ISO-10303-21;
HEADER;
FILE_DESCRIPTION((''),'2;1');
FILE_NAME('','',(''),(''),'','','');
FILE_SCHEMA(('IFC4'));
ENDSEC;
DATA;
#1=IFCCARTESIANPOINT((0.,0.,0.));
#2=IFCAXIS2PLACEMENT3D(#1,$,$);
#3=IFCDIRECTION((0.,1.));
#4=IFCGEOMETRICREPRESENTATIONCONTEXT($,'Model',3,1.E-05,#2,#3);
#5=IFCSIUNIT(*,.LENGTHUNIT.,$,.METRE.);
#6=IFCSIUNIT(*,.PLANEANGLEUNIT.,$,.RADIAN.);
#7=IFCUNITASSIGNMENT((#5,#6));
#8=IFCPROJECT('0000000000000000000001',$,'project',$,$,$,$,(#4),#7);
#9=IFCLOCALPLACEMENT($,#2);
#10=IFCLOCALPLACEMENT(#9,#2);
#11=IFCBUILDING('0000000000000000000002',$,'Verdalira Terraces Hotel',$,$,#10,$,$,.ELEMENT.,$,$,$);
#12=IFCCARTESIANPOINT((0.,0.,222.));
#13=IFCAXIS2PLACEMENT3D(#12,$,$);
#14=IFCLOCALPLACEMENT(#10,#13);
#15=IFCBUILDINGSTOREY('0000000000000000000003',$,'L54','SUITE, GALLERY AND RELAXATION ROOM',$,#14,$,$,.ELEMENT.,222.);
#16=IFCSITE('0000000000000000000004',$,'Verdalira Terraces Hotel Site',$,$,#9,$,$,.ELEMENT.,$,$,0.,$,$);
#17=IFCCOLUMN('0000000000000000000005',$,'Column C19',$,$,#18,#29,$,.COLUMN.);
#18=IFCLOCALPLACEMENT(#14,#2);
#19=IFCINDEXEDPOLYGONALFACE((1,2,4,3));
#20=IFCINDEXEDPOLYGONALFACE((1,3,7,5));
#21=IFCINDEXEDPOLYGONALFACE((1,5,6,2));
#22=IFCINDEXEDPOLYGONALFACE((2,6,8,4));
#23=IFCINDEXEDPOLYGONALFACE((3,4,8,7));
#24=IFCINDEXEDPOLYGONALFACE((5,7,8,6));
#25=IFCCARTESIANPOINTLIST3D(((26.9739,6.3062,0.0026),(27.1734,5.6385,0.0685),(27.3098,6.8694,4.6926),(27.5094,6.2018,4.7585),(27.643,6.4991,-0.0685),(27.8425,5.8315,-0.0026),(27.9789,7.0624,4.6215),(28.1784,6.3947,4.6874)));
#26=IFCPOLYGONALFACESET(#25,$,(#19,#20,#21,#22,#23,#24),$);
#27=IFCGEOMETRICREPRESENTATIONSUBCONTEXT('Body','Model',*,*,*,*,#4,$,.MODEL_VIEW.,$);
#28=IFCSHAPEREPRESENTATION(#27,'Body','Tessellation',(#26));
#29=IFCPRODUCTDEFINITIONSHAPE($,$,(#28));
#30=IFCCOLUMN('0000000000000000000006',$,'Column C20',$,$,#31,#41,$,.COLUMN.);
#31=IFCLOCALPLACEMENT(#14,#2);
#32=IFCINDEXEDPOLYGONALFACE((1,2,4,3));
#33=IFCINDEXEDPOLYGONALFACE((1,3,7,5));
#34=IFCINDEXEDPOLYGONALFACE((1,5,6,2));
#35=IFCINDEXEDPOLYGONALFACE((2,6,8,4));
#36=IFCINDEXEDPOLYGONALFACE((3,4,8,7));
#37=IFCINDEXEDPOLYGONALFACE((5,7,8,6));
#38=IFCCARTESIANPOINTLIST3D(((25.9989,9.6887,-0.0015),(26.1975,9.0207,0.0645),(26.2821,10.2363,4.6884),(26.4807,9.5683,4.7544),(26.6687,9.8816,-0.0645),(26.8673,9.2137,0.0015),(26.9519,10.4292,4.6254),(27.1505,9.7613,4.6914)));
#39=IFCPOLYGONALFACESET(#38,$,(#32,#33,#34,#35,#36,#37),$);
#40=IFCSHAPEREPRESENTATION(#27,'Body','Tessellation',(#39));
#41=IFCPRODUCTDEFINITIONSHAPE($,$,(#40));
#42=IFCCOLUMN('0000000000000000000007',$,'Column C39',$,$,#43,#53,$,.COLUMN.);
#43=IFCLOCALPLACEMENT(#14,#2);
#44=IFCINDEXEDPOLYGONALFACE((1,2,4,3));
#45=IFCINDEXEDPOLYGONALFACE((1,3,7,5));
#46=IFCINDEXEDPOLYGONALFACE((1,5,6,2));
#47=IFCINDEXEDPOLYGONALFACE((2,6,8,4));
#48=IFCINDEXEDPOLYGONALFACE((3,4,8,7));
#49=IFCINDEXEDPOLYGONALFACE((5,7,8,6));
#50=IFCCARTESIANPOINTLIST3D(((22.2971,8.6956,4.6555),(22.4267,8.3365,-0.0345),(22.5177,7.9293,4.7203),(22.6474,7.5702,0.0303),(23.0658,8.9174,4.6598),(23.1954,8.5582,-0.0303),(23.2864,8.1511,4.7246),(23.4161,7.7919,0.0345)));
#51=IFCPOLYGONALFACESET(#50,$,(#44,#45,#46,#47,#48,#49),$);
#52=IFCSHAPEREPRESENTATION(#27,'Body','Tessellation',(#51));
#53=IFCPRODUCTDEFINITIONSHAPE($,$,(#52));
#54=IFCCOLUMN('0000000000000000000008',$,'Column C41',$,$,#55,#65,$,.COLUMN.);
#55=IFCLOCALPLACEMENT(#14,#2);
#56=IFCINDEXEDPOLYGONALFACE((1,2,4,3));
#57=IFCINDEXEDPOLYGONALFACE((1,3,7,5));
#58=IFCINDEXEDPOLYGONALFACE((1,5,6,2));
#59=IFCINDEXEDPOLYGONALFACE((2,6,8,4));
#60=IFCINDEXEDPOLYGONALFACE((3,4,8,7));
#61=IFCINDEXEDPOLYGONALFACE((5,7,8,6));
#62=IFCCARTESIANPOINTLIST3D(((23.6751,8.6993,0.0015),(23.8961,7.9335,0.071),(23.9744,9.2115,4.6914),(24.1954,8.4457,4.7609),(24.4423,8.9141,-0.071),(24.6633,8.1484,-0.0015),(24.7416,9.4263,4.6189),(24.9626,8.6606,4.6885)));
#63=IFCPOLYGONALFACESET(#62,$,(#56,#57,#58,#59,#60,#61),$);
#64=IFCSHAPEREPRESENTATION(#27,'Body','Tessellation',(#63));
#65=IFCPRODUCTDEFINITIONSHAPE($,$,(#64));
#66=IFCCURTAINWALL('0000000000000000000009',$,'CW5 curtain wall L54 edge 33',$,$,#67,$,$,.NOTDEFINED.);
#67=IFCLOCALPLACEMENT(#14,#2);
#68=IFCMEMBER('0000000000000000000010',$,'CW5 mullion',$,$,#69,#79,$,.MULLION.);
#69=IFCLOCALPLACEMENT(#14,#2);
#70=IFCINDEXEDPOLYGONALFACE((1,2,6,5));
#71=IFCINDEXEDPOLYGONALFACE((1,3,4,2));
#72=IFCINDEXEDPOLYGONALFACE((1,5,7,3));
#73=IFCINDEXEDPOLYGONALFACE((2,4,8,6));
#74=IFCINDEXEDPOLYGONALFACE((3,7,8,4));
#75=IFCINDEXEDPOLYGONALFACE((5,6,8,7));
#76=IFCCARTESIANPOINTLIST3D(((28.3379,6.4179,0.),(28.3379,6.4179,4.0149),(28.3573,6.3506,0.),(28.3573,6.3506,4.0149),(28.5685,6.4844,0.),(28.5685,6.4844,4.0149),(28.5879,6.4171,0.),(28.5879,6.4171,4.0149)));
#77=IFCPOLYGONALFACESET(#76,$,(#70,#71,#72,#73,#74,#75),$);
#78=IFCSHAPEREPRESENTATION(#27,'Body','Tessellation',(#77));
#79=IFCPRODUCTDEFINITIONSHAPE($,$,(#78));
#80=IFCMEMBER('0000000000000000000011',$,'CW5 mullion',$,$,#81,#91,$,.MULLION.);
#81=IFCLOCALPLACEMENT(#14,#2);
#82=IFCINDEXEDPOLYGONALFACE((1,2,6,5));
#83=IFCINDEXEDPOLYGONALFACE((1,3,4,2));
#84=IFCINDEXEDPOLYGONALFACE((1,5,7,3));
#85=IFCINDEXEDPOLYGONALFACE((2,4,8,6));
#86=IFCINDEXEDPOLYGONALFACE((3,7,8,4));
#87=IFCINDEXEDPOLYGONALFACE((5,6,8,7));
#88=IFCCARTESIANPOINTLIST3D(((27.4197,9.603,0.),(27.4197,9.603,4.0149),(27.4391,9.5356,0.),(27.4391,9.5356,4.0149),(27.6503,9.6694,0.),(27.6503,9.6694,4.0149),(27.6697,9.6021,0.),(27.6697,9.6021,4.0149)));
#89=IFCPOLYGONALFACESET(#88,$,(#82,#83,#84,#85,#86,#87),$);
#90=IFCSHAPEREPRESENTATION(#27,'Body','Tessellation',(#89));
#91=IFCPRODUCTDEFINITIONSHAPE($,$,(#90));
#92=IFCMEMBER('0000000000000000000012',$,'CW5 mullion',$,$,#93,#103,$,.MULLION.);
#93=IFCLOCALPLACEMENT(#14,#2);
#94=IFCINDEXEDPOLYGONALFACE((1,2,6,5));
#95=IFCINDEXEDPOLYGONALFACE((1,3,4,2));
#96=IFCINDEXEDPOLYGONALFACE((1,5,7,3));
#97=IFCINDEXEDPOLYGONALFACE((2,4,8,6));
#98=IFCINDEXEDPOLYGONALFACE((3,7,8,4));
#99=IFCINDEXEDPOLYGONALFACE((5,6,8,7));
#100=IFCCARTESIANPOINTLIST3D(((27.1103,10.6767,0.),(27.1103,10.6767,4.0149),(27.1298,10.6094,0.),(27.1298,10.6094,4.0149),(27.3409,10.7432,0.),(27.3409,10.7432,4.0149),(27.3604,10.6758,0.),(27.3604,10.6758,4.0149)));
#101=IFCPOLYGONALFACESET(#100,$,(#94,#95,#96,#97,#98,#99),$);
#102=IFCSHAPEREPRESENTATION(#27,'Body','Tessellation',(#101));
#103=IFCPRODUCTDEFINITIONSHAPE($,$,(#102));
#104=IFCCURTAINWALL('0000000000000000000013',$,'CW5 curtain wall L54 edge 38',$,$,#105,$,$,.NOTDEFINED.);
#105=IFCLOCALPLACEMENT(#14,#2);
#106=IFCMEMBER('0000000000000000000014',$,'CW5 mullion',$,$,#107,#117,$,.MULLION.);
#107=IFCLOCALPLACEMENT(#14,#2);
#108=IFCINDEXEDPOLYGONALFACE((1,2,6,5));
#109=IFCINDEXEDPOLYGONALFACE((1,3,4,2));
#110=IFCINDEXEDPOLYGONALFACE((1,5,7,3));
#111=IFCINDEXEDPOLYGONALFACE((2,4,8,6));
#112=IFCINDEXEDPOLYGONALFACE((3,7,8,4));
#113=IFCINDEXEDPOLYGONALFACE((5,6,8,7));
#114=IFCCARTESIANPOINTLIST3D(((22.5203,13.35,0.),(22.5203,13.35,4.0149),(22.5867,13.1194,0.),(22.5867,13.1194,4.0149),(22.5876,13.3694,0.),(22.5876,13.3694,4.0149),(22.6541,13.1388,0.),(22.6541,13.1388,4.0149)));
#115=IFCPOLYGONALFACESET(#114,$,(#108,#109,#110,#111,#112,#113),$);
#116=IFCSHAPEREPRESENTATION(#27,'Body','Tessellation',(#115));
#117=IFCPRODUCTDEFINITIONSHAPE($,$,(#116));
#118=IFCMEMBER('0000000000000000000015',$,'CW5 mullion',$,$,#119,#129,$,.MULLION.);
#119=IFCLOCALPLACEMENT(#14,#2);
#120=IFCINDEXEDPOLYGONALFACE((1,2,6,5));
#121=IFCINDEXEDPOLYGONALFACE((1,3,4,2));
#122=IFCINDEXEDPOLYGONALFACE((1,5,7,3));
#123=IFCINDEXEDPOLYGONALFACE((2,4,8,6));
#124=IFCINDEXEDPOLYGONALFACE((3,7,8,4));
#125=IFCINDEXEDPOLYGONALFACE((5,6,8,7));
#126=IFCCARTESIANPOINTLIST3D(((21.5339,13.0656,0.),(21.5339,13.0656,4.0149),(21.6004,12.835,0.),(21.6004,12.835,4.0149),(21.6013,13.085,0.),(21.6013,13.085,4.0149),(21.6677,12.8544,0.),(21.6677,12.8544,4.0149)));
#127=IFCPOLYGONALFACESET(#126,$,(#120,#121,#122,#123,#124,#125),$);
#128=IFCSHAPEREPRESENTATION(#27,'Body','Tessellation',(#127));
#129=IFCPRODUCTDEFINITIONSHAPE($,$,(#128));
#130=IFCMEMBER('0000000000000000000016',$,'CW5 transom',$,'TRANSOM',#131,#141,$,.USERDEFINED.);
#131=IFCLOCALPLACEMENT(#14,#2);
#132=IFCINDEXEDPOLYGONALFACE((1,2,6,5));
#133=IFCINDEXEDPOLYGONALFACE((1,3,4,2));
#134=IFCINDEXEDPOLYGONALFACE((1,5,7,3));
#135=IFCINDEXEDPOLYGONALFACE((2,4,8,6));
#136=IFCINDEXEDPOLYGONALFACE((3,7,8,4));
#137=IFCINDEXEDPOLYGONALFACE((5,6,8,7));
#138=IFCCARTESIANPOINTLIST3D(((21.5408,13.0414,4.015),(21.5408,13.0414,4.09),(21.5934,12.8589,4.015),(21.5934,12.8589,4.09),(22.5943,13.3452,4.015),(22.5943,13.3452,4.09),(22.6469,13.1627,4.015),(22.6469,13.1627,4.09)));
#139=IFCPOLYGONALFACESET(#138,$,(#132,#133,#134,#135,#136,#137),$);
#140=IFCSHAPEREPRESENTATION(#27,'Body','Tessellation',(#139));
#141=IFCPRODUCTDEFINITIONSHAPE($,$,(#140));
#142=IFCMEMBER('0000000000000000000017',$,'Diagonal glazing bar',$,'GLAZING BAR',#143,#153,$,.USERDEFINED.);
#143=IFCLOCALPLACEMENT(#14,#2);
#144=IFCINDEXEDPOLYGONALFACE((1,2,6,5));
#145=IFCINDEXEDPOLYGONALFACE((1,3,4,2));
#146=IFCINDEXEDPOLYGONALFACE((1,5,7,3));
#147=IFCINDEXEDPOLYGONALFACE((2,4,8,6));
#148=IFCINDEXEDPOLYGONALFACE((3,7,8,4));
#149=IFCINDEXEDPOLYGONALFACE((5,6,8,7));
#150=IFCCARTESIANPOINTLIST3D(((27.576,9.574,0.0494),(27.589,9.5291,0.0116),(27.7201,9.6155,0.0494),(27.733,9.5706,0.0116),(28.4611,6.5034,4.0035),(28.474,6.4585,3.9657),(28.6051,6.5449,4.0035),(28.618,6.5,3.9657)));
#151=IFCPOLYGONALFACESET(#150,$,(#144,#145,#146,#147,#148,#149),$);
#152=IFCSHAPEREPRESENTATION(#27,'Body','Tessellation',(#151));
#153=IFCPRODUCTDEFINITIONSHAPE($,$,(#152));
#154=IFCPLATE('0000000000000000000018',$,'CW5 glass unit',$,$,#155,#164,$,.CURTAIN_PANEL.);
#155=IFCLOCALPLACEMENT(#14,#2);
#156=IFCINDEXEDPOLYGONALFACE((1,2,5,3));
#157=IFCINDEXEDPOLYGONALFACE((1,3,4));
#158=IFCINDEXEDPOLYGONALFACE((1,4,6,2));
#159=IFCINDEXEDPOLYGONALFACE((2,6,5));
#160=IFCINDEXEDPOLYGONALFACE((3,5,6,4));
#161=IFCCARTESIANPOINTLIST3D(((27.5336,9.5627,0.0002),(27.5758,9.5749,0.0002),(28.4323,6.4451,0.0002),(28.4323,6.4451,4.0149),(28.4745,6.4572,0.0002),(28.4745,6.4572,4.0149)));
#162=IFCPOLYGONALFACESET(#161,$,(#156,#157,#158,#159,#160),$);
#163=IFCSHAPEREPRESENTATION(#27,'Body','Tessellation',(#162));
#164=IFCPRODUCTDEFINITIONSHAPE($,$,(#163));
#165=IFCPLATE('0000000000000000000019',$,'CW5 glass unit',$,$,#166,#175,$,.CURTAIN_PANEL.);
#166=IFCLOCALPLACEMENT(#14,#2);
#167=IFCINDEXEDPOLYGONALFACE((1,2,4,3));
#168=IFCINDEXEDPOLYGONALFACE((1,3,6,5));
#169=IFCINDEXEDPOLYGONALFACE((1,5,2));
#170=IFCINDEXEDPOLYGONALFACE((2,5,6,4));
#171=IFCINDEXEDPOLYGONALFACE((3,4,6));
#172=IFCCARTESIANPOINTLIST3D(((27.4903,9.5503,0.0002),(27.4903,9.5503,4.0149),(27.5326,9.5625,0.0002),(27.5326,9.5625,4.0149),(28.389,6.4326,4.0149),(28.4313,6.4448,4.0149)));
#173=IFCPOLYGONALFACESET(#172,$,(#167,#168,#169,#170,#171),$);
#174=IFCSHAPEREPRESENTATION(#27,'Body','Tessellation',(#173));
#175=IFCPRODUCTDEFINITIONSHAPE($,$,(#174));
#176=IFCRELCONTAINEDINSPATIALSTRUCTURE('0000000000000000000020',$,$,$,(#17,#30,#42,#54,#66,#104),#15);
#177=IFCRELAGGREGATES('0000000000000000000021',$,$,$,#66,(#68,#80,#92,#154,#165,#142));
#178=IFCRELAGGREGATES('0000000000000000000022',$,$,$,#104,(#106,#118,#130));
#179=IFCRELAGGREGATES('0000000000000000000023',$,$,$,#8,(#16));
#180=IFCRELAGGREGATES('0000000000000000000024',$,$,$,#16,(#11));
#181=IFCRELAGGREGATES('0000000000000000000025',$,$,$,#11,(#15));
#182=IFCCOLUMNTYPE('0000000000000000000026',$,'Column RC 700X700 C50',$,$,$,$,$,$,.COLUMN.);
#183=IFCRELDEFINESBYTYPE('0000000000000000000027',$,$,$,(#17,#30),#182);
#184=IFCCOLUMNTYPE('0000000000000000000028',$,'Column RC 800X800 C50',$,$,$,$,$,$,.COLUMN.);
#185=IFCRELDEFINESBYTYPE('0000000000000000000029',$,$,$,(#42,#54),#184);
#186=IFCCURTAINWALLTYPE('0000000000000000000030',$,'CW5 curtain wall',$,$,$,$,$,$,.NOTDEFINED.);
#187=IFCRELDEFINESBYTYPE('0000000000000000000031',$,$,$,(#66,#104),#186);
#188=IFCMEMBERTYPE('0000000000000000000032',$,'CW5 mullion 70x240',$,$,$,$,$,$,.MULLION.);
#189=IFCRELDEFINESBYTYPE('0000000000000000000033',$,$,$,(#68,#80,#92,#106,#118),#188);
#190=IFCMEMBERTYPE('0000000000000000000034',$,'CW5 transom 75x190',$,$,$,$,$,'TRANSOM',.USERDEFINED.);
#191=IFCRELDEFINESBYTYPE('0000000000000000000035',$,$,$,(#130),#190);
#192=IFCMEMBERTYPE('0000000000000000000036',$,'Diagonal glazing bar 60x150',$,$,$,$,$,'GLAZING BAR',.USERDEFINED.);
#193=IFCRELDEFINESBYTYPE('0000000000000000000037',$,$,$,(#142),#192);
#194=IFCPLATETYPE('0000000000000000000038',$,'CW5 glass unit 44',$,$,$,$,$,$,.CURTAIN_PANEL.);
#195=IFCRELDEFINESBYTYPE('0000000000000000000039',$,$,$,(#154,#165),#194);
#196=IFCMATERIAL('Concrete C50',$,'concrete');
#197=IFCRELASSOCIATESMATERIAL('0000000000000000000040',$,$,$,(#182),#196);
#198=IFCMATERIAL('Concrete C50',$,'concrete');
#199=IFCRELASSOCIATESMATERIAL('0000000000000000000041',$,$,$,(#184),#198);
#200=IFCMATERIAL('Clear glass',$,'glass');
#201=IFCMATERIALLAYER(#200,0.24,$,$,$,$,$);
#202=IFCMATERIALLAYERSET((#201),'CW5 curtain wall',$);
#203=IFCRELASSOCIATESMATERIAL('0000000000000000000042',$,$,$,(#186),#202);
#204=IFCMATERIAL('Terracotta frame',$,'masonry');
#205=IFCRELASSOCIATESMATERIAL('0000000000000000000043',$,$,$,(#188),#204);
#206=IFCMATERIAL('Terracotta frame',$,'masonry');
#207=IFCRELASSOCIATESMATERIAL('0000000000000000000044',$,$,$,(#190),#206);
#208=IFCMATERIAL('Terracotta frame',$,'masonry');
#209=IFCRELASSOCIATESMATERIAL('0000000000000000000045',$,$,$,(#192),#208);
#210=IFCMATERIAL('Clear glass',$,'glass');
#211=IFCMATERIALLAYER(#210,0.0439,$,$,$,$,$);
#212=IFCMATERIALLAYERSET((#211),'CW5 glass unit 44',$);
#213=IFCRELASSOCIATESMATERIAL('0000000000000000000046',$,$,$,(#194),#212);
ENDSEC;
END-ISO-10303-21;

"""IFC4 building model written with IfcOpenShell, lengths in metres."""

from ifc_helpers import new_model, si_unit, direction, frame, origin, origin_2d, place, context, subcontext, project, spatial, polyline, rectangle, outline, extrude, material, layer, layer_set, material_profile, profile_set, type_object, element, aggregate, save


model = new_model("IFC4")

# Units and contexts
model_context = context("Model", 3, precision=1e-05, world=origin(), true_north=direction((0.0, 1.0)))
body_context = subcontext(model_context, "Body", "Model", "MODEL_VIEW")
ifc_project = project(units=[si_unit("LENGTHUNIT", "METRE"), si_unit("PLANEANGLEUNIT", "RADIAN")], contexts=[model_context])

# Site, building, storey
site_placement = place(None, origin())
site = spatial("IfcSite", under=ifc_project, at=site_placement, Name="Verdalira Terraces Hotel Site", CompositionType="ELEMENT", RefElevation=0.0)
building_placement = place(site_placement, origin())
building = spatial("IfcBuilding", under=site, at=building_placement, Name="Verdalira Terraces Hotel", CompositionType="ELEMENT")
storey_placement = place(building_placement, frame((0.0, 0.0, 222.0)))
storey = spatial("IfcBuildingStorey", under=building, at=storey_placement, Name="L54", Description="SUITE, GALLERY AND RELAXATION ROOM", CompositionType="ELEMENT", Elevation=222.0)

# Columns
ifc_material_1 = material(Name="Concrete C50", Category="concrete")
ifc_material_profile_1 = material_profile(ifc_material_1, rectangle(XDim=0.7, YDim=0.7, at=origin_2d()), Name="RC 700X700")
ifc_profile_set_1 = profile_set([ifc_material_profile_1], Name="Concrete C50")
column_type_1 = type_object("IfcColumnType", Name="Column RC 700X700 C50", PredefinedType="COLUMN", material=ifc_profile_set_1)
column_1_placement = place(storey_placement, frame((27.4082, 6.0688, 0.0), z_axis=(0.070939, 0.118937, 0.990364), x_axis=(-0.285062, 0.953875, -0.094136)))
element("IfcColumn", 1, at=column_1_placement, inside=storey, type_object=column_type_1, Name="Column C19", PredefinedType="COLUMN", context=body_context, shape_type="SweptSolid", body=[
    extrude(rectangle(XDim=0.7, YDim=0.7, at=origin_2d()), origin(), (0.0, 0.0, 1.0), 4.7356),
])
column_2_placement = place(storey_placement, frame((26.4331, 9.4512, 0.0), z_axis=(0.05987, 0.115766, 0.991471), x_axis=(-0.283719, 0.95426, -0.094289)))
element("IfcColumn", 2, at=column_2_placement, inside=storey, type_object=column_type_1, Name="Column C20", PredefinedType="COLUMN", context=body_context, shape_type="SweptSolid", body=[
    extrude(rectangle(XDim=0.7, YDim=0.7, at=origin_2d()), origin(), (0.0, 0.0, 1.0), 4.7302),
])
ifc_material_2 = material(Name="Concrete C50", Category="concrete")
ifc_material_profile_2 = material_profile(ifc_material_2, rectangle(XDim=0.8, YDim=0.8, at=origin_2d()), Name="RC 800X800")
ifc_profile_set_2 = profile_set([ifc_material_profile_2], Name="Concrete C50")
column_type_2 = type_object("IfcColumnType", Name="Column RC 800X800 C50", PredefinedType="COLUMN", material=ifc_profile_set_2)
column_3_placement = place(storey_placement, frame((22.9214, 8.0642, 0.0), z_axis=(-0.027551, 0.076322, 0.996703), x_axis=(0.960812, 0.277148, 0.005336)))
element("IfcColumn", 3, at=column_3_placement, inside=storey, type_object=column_type_2, Name="Column C39", PredefinedType="COLUMN", context=body_context, shape_type="SweptSolid", body=[
    extrude(rectangle(XDim=0.8, YDim=0.8, at=origin_2d()), origin(), (0.0, 0.0, 1.0), 4.7056),
])
column_4_placement = place(storey_placement, frame((24.1692, 8.4238, 0.0), z_axis=(0.063316, 0.108351, 0.992094), x_axis=(0.959002, 0.26855, -0.090534)))
element("IfcColumn", 4, at=column_4_placement, inside=storey, type_object=column_type_2, Name="Column C41", PredefinedType="COLUMN", context=body_context, shape_type="SweptSolid", body=[
    extrude(rectangle(XDim=0.8, YDim=0.8, at=origin_2d()), origin(), (0.0, 0.0, 1.0), 4.7273),
])

# Curtain walls, members
ifc_material_3 = material(Name="Clear glass", Category="glass")
ifc_layer_1 = layer(ifc_material_3, 0.24)
ifc_layer_set_1 = layer_set([ifc_layer_1], Name="CW5 curtain wall")
curtain_wall_type = type_object("IfcCurtainWallType", Name="CW5 curtain wall", PredefinedType="NOTDEFINED", material=ifc_layer_set_1)
curtain_wall_1_placement = place(storey_placement, origin())
curtain_wall_1 = element("IfcCurtainWall", 5, at=curtain_wall_1_placement, inside=storey, type_object=curtain_wall_type, Name="CW5 curtain wall L54 edge 33", PredefinedType="NOTDEFINED")
ifc_material_4 = material(Name="Terracotta frame", Category="masonry")
ifc_material_profile_3 = material_profile(ifc_material_4, rectangle(XDim=0.0701, YDim=0.24, at=origin_2d()), Name="MU 70x240")
ifc_profile_set_3 = profile_set([ifc_material_profile_3], Name="Terracotta frame")
member_type_1 = type_object("IfcMemberType", Name="CW5 mullion 70x240", PredefinedType="MULLION", material=ifc_profile_set_3)
member_1_placement = place(storey_placement, frame((28.4629, 6.4175, 0.0), z_axis=(0.0, 0.0, 1.0), x_axis=(-0.276979, 0.960876, 0.0)))
member_1 = element("IfcMember", 6, at=member_1_placement, type_object=member_type_1, Name="CW5 mullion", PredefinedType="MULLION", context=body_context, shape_type="SweptSolid", body=[
    extrude(rectangle(XDim=0.0701, YDim=0.24, at=origin_2d()), origin(), (0.0, 0.0, 1.0), 4.0149),
])
member_2_placement = place(storey_placement, frame((27.5447, 9.6025, 0.0), z_axis=(0.0, 0.0, 1.0), x_axis=(-0.276979, 0.960876, 0.0)))
member_2 = element("IfcMember", 7, at=member_2_placement, type_object=member_type_1, Name="CW5 mullion", PredefinedType="MULLION", context=body_context, shape_type="SweptSolid", body=[
    extrude(rectangle(XDim=0.0701, YDim=0.24, at=origin_2d()), origin(), (0.0, 0.0, 1.0), 4.0149),
])
member_3_placement = place(storey_placement, frame((27.2354, 10.6763, 0.0), z_axis=(0.0, 0.0, 1.0), x_axis=(-0.276979, 0.960876, 0.0)))
member_3 = element("IfcMember", 8, at=member_3_placement, type_object=member_type_1, Name="CW5 mullion", PredefinedType="MULLION", context=body_context, shape_type="SweptSolid", body=[
    extrude(rectangle(XDim=0.0701, YDim=0.24, at=origin_2d()), origin(), (0.0, 0.0, 1.0), 4.0149),
])
curtain_wall_2_placement = place(storey_placement, origin())
curtain_wall_2 = element("IfcCurtainWall", 9, at=curtain_wall_2_placement, inside=storey, type_object=curtain_wall_type, Name="CW5 curtain wall L54 edge 38", PredefinedType="NOTDEFINED")
member_4_placement = place(storey_placement, frame((22.5872, 13.2444, 0.0), z_axis=(0.0, 0.0, 1.0), x_axis=(-0.960876, -0.276979, 0.0)))
member_4 = element("IfcMember", 10, at=member_4_placement, type_object=member_type_1, Name="CW5 mullion", PredefinedType="MULLION", context=body_context, shape_type="SweptSolid", body=[
    extrude(rectangle(XDim=0.0701, YDim=0.24, at=origin_2d()), origin(), (0.0, 0.0, 1.0), 4.0149),
])
member_5_placement = place(storey_placement, frame((21.6008, 12.96, 0.0), z_axis=(0.0, 0.0, 1.0), x_axis=(-0.960876, -0.276979, 0.0)))
member_5 = element("IfcMember", 11, at=member_5_placement, type_object=member_type_1, Name="CW5 mullion", PredefinedType="MULLION", context=body_context, shape_type="SweptSolid", body=[
    extrude(rectangle(XDim=0.0701, YDim=0.24, at=origin_2d()), origin(), (0.0, 0.0, 1.0), 4.0149),
])
ifc_material_5 = material(Name="Terracotta frame", Category="masonry")
ifc_material_profile_4 = material_profile(ifc_material_5, rectangle(XDim=0.1899, YDim=0.075, at=origin_2d()), Name="TR 75x190")
ifc_profile_set_4 = profile_set([ifc_material_profile_4], Name="Terracotta frame")
member_type_2 = type_object("IfcMemberType", Name="CW5 transom 75x190", ElementType="TRANSOM", PredefinedType="USERDEFINED", material=ifc_profile_set_4)
member_6_placement = place(storey_placement, frame((22.6206, 13.2539, 4.0525), z_axis=(-0.960866, -0.277014, 0.0), x_axis=(0.277014, -0.960866, 0.0)))
member_6 = element("IfcMember", 12, at=member_6_placement, type_object=member_type_2, Name="CW5 transom", ObjectType="TRANSOM", PredefinedType="USERDEFINED", context=body_context, shape_type="SweptSolid", body=[
    extrude(rectangle(XDim=0.1899, YDim=0.075, at=origin_2d()), origin(), (0.0, 0.0, 1.0), 1.0964),
])

# Member
ifc_material_6 = material(Name="Terracotta frame", Category="masonry")
ifc_material_profile_5 = material_profile(ifc_material_6, rectangle(XDim=0.1499, YDim=0.0601, at=origin_2d()), Name="GB 60x150")
ifc_profile_set_5 = profile_set([ifc_material_profile_5], Name="Terracotta frame")
member_type_3 = type_object("IfcMemberType", Name="Diagonal glazing bar 60x150", ElementType="GLAZING BAR", PredefinedType="USERDEFINED", material=ifc_profile_set_5)
member_7_placement = place(storey_placement, frame((28.5396, 6.5017, 3.9846), z_axis=(-0.174079, 0.603971, -0.777763), x_axis=(-0.960884, -0.27695, 0.0)))
member_7 = element("IfcMember", 13, at=member_7_placement, type_object=member_type_3, Name="Diagonal glazing bar", ObjectType="GLAZING BAR", PredefinedType="USERDEFINED", context=body_context, shape_type="SweptSolid", body=[
    extrude(rectangle(XDim=0.1499, YDim=0.0601, at=origin_2d()), origin(), (0.0, 0.0, 1.0), 5.084),
])

# Plates
ifc_material_7 = material(Name="Clear glass", Category="glass")
ifc_layer_2 = layer(ifc_material_7, 0.0439)
ifc_layer_set_2 = layer_set([ifc_layer_2], Name="CW5 glass unit 44")
plate_type = type_object("IfcPlateType", Name="CW5 glass unit 44", PredefinedType="CURTAIN_PANEL", material=ifc_layer_set_2)
plate_1_placement = place(storey_placement, frame((27.9829, 8.0039, 2.0076), z_axis=(0.960876, 0.276979, 0.0), x_axis=(-0.276979, 0.960876, 0.0)))
plate_1 = element("IfcPlate", 14, at=plate_1_placement, type_object=plate_type, Name="CW5 glass unit", PredefinedType="CURTAIN_PANEL", context=body_context, shape_type="SweptSolid", body=[
    extrude(outline(polyline([(-1.6223, -2.0073), (1.6223, -2.0073), (-1.6223, 2.0073), (-1.6223, -2.0073)])), origin(), (0.0, 0.0, 1.0), 0.0439),
])
plate_2_placement = place(storey_placement, frame((27.9397, 7.9915, 2.0076), z_axis=(0.960876, 0.276979, 0.0), x_axis=(-0.276979, 0.960876, 0.0)))
plate_2 = element("IfcPlate", 15, at=plate_2_placement, type_object=plate_type, Name="CW5 glass unit", PredefinedType="CURTAIN_PANEL", context=body_context, shape_type="SweptSolid", body=[
    extrude(outline(polyline([(1.6223, -2.0073), (1.6223, 2.0073), (-1.6223, 2.0073), (1.6223, -2.0073)])), origin(), (0.0, 0.0, 1.0), 0.0439),
])
aggregate(curtain_wall_1, [member_1, member_2, member_3, plate_1, plate_2, member_7])
aggregate(curtain_wall_2, [member_4, member_5, member_6])

save(model, "model.ifc")
